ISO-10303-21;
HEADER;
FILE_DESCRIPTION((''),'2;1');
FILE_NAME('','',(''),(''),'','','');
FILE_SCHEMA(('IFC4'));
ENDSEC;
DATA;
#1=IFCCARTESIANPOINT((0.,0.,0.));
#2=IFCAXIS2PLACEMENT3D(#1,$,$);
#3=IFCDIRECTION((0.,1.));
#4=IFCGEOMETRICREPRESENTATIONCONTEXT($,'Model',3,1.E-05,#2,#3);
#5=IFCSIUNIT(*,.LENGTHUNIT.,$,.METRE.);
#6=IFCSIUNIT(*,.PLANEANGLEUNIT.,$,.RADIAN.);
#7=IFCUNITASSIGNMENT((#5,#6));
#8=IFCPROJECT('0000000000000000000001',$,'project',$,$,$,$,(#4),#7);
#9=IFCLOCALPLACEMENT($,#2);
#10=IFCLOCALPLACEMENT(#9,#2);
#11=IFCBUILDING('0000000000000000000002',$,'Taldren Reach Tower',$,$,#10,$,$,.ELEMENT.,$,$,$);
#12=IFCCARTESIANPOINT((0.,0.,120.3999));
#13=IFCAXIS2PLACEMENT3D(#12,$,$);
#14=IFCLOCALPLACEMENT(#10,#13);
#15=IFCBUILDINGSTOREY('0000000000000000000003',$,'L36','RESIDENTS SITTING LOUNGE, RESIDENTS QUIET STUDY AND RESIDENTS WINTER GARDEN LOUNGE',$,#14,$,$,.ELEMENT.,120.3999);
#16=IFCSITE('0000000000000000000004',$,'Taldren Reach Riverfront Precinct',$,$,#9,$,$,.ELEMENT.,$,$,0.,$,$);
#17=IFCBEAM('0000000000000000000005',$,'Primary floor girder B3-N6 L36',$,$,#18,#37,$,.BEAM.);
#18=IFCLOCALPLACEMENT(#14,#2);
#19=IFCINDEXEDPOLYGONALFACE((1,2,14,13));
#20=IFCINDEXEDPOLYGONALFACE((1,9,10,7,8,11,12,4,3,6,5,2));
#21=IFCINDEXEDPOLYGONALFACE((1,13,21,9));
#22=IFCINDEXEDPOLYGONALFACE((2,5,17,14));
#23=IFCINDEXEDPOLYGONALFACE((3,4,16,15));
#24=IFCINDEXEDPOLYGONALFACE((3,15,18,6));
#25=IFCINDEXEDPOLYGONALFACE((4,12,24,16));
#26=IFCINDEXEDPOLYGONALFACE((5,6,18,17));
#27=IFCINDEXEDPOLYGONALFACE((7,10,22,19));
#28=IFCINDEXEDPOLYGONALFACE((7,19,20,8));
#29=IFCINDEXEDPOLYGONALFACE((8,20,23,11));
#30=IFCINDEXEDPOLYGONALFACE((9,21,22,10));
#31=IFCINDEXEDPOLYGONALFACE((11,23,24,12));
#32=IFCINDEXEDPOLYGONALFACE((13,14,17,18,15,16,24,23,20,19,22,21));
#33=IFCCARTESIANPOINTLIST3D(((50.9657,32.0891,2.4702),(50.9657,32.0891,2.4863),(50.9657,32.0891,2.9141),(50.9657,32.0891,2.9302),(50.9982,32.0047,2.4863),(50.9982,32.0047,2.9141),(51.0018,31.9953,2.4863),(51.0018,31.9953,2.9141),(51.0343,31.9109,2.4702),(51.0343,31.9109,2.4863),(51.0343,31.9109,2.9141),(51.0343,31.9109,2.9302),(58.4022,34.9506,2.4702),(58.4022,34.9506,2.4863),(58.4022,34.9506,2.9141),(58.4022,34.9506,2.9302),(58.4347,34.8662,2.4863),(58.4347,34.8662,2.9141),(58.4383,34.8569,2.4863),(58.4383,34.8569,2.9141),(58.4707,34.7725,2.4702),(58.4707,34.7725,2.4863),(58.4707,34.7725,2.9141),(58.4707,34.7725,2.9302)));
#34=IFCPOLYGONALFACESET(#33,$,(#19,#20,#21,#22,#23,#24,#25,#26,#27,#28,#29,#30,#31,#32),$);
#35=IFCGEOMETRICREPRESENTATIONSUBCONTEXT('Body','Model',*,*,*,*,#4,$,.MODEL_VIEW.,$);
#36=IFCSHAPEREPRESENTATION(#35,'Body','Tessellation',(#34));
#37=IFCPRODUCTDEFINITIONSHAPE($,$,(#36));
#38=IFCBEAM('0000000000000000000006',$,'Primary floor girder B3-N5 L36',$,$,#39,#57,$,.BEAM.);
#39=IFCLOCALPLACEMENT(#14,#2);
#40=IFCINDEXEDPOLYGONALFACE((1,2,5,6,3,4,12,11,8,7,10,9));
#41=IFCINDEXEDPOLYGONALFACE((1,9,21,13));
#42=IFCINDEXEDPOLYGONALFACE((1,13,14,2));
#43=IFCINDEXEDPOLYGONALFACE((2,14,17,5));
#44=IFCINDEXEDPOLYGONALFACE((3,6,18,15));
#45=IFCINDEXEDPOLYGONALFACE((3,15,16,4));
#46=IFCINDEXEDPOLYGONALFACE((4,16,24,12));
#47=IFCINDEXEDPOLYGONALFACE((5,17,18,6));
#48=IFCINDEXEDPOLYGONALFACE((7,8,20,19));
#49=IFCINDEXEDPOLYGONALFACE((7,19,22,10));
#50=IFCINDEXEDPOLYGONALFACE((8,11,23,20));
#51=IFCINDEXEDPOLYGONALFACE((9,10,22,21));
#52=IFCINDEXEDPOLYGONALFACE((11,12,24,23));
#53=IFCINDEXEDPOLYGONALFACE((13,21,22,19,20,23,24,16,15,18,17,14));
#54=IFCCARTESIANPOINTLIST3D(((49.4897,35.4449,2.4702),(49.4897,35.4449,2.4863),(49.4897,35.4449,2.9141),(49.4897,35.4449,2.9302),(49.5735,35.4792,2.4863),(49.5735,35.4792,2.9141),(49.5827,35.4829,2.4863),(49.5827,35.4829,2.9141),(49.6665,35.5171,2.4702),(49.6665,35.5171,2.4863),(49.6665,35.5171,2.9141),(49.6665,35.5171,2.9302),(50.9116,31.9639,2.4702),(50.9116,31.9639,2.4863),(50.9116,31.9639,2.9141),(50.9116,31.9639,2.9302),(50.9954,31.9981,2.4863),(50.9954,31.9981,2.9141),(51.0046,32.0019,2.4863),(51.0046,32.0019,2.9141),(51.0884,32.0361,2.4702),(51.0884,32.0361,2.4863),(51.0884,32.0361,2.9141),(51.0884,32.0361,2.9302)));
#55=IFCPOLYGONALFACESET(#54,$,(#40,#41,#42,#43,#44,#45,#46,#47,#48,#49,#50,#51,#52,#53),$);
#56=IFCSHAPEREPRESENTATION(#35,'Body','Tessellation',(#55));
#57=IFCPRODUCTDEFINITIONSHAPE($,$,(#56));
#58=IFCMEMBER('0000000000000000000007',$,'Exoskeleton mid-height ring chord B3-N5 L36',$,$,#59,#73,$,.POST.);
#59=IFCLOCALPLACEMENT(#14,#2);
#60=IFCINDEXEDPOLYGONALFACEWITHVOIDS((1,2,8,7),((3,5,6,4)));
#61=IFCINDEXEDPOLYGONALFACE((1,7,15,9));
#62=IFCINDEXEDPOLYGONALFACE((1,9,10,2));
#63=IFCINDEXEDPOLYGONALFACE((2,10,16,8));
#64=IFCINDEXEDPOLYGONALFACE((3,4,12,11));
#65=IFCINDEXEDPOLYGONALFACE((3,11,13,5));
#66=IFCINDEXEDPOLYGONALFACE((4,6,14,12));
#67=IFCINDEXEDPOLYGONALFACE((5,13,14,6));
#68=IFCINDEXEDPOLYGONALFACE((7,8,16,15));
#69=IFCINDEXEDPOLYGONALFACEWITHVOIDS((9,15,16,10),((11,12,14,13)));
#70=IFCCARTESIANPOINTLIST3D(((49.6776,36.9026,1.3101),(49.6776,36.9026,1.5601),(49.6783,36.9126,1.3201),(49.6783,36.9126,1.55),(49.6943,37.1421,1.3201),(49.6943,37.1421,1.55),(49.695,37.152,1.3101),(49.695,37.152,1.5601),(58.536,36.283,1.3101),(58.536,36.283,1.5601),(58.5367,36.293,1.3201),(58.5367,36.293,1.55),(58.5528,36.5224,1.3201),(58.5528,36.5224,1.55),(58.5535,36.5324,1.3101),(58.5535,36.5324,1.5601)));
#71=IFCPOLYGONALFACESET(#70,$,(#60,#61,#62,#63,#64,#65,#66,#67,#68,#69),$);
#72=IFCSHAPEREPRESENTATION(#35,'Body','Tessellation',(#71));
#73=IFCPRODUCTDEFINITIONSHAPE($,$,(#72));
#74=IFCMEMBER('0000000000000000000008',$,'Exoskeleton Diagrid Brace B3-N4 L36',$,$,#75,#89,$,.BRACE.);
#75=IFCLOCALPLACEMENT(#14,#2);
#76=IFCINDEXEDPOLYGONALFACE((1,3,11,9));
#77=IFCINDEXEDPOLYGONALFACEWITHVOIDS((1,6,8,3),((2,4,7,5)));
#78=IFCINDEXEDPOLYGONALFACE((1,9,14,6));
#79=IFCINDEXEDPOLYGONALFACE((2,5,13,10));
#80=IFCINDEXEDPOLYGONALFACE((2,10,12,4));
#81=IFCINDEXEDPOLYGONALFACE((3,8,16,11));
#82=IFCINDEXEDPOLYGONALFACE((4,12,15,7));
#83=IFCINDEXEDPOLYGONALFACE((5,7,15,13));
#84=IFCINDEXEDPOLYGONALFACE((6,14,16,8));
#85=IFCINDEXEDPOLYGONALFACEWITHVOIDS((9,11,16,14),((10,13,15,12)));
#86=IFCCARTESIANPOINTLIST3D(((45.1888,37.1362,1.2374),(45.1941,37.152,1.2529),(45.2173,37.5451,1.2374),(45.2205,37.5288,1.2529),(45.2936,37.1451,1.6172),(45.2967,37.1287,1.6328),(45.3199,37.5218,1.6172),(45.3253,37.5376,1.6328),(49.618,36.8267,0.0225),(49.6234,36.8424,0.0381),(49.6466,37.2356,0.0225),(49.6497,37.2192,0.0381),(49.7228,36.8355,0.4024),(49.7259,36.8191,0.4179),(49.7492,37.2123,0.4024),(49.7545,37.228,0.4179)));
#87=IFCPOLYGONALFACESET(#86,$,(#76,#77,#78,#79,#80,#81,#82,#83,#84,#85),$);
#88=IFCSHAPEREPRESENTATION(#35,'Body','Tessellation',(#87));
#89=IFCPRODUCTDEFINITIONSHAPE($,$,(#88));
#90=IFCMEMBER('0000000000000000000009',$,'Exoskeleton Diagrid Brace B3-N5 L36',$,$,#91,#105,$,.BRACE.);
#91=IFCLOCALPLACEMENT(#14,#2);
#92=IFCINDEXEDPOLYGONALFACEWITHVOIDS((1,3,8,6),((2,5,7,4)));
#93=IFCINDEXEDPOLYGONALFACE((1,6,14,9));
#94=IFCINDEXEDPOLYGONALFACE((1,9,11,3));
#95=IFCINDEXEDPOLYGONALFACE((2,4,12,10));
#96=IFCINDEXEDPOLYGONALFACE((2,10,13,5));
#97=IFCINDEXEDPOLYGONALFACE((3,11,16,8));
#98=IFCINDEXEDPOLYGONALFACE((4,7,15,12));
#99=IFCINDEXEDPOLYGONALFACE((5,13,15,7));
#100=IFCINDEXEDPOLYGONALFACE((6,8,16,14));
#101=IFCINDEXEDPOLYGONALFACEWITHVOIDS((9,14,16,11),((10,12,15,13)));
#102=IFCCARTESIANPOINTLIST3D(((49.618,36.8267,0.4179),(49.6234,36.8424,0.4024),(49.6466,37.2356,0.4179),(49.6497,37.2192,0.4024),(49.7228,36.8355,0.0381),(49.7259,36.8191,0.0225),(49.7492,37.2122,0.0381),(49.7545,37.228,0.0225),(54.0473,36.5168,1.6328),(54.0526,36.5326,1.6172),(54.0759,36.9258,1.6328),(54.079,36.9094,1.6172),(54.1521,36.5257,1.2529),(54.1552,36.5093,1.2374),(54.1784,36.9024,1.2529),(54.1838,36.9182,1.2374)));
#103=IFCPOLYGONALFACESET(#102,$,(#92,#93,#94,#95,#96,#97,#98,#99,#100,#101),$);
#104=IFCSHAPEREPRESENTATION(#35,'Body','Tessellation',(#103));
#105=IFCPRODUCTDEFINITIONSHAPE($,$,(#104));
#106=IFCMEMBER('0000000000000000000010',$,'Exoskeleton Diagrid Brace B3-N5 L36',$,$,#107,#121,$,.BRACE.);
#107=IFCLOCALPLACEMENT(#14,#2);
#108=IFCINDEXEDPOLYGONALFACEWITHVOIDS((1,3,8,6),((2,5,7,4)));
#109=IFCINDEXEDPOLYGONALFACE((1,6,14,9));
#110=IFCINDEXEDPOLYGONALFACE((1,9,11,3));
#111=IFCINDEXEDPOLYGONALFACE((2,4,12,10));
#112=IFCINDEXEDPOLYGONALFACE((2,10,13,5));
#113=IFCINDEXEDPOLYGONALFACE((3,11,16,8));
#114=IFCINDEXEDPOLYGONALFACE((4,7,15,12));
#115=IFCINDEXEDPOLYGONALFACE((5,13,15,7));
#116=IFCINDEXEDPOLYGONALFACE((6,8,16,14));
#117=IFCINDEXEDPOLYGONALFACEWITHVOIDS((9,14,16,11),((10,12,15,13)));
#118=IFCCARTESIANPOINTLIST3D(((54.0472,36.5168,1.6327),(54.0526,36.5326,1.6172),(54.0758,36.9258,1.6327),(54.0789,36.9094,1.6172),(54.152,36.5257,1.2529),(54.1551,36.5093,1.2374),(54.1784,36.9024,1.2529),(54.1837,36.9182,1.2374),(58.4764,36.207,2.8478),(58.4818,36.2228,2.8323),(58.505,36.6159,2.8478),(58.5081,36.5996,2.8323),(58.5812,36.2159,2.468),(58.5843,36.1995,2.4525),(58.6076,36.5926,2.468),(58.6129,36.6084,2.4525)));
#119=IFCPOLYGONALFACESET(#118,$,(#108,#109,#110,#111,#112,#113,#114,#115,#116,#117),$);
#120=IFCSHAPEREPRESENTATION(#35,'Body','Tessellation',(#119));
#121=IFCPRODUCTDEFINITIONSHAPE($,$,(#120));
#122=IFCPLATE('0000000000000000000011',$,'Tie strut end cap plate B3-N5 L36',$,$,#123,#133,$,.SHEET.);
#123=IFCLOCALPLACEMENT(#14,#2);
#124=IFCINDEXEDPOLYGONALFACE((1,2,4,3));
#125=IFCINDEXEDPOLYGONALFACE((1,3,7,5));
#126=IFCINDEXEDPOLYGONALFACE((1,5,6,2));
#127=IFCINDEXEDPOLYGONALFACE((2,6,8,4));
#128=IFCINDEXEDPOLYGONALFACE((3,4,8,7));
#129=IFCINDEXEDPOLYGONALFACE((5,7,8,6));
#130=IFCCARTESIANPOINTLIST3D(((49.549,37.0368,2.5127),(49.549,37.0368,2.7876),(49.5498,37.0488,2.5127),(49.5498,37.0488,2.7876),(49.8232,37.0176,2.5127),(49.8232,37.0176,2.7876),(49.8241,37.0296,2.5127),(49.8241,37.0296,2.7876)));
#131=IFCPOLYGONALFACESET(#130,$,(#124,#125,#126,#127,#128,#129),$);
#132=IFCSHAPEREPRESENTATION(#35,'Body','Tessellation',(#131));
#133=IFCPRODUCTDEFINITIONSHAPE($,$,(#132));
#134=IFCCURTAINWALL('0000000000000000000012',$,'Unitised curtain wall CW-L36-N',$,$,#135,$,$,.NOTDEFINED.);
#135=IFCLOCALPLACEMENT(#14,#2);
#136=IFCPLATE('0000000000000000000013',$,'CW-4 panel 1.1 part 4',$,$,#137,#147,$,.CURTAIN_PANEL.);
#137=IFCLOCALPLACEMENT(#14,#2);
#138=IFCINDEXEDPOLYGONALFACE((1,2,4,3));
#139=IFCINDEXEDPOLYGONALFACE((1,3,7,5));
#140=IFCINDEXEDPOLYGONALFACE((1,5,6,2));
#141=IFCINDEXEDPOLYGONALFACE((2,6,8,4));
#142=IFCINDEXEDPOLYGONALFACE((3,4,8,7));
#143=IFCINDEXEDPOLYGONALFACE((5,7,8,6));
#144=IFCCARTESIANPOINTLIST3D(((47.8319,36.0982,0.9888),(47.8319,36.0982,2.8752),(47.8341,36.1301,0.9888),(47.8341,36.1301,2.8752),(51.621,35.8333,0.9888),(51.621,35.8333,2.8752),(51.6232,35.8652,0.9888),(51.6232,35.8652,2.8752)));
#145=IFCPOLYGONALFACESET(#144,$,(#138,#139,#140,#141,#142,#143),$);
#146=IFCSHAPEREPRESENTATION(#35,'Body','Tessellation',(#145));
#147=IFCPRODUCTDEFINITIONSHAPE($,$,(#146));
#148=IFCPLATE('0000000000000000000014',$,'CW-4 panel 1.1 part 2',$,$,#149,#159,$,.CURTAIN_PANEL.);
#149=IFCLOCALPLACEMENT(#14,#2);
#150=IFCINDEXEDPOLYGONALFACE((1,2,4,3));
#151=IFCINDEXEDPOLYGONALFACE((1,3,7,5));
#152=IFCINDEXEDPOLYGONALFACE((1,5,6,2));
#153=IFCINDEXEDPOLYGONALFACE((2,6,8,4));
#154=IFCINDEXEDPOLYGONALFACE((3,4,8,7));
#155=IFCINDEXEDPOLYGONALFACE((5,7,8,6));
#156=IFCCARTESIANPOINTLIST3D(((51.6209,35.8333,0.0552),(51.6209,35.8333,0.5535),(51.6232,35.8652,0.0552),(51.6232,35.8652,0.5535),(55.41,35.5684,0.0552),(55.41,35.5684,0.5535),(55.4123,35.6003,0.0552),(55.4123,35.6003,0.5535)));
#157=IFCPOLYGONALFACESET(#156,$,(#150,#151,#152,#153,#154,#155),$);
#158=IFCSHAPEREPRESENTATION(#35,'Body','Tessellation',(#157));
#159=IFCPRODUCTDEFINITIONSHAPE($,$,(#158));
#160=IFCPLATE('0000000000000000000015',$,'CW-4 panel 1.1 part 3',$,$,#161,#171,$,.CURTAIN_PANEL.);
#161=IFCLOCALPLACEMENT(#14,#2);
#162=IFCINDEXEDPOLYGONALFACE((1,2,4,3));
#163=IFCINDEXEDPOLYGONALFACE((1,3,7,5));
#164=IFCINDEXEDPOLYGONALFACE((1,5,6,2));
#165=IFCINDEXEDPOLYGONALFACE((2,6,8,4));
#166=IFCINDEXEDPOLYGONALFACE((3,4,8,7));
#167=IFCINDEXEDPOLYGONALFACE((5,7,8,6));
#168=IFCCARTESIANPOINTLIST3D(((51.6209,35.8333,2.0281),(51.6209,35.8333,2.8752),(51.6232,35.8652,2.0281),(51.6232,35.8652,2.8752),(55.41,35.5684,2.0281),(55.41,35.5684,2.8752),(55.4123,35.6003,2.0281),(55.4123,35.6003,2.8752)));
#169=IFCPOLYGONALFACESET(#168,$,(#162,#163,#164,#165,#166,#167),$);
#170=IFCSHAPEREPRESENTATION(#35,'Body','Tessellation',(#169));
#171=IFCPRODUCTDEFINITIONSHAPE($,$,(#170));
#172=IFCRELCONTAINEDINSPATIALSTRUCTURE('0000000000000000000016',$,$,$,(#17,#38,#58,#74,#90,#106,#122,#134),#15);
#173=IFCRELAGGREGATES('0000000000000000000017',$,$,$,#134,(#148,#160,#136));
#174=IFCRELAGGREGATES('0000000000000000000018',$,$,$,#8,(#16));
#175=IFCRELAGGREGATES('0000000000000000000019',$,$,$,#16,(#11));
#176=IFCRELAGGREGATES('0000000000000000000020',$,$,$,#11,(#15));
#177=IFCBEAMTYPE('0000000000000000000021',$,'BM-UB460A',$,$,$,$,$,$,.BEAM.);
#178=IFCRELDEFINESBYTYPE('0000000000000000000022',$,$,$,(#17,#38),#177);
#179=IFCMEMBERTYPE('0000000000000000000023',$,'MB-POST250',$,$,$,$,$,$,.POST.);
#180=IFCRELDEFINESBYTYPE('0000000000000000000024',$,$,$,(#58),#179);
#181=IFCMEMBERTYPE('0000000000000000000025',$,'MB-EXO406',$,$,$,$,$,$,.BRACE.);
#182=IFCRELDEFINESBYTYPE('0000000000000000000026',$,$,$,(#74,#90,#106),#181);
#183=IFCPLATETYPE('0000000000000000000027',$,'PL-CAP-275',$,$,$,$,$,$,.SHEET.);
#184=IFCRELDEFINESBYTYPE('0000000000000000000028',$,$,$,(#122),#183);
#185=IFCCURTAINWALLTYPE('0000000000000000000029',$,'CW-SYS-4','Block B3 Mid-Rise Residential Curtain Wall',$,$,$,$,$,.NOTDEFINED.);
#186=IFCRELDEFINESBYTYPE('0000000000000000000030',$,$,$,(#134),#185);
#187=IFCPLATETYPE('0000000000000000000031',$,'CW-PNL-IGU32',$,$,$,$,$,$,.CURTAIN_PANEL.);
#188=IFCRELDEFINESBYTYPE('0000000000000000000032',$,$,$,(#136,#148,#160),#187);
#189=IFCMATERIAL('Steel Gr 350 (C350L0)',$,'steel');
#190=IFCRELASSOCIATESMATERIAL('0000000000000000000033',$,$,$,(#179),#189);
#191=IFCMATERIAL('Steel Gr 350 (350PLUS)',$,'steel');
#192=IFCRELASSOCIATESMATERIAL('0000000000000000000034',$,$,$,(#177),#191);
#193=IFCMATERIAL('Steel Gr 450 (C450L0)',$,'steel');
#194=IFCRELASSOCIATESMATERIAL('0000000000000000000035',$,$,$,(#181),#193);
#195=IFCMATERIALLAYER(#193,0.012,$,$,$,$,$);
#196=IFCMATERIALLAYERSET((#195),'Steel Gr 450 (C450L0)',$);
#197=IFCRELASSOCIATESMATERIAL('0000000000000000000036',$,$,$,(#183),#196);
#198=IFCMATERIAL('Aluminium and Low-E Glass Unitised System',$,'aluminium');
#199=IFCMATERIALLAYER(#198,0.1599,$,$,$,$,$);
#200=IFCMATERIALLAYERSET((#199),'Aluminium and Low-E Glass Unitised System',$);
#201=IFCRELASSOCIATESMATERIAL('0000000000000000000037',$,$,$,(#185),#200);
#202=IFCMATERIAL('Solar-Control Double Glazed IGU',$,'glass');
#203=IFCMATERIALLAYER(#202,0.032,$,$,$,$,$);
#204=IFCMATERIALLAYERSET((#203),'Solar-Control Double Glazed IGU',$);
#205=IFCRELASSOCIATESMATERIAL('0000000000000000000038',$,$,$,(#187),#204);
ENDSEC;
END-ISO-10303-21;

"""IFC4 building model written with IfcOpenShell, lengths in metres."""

from ifc_helpers import new_model, si_unit, direction, frame, origin, origin_2d, place, context, subcontext, project, spatial, rectangle, hollow_rectangle, i_section, extrude, source, transform, mapped, material, layer, layer_set, material_profile, profile_set, type_object, element, aggregate, save


model = new_model("IFC4")

# Units and contexts
model_context = context("Model", 3, precision=1e-05, world=origin(), true_north=direction((0.0, 1.0)))
body_context = subcontext(model_context, "Body", "Model", "MODEL_VIEW")
ifc_project = project(units=[si_unit("LENGTHUNIT", "METRE"), si_unit("PLANEANGLEUNIT", "RADIAN")], contexts=[model_context])

# Site, building, storey
site_placement = place(None, origin())
site = spatial("IfcSite", under=ifc_project, at=site_placement, Name="Taldren Reach Riverfront Precinct", CompositionType="ELEMENT", RefElevation=0.0)
building_placement = place(site_placement, origin())
building = spatial("IfcBuilding", under=site, at=building_placement, Name="Taldren Reach Tower", CompositionType="ELEMENT")
storey_placement = place(building_placement, frame((0.0, 0.0, 120.3999)))
storey = spatial("IfcBuildingStorey", under=building, at=storey_placement, Name="L36", Description="RESIDENTS SITTING LOUNGE, RESIDENTS QUIET STUDY AND RESIDENTS WINTER GARDEN LOUNGE", CompositionType="ELEMENT", Elevation=120.3999)

# Shared definitions
ifc_material_1 = material(Name="Steel Gr 450 (C450L0)", Category="steel")
ifc_material_2 = material(Name="Steel Gr 350 (350PLUS)", Category="steel")

# Shared definitions
ifc_material_3 = material(Name="Steel Gr 350 (C350L0)", Category="steel")
ifc_material_profile_1 = material_profile(ifc_material_3, hollow_rectangle(XDim=0.25, YDim=0.25, WallThickness=0.01, at=origin_2d()), Name="250x250x10.0SHS")
ifc_profile_set_1 = profile_set([ifc_material_profile_1], Name="Steel Gr 350 (C350L0)")
member_type_1 = type_object("IfcMemberType", Name="MB-POST250", PredefinedType="POST", material=ifc_profile_set_1)

# Beams
ifc_material_profile_2 = material_profile(ifc_material_2, i_section(OverallWidth=0.1909, OverallDepth=0.46, WebThickness=0.01, FlangeThickness=0.0161, at=origin_2d()), Name="460UB82.1")
ifc_profile_set_2 = profile_set([ifc_material_profile_2], Name="Steel Gr 350 (350PLUS)")
beam_type_1 = type_object("IfcBeamType", Name="BM-UB460A", PredefinedType="BEAM", material=ifc_profile_set_2)
shared_shape_1 = source(origin(), body_context, "Body", "SweptSolid", [
    extrude(i_section(OverallWidth=0.1909, OverallDepth=0.46, WebThickness=0.01, FlangeThickness=0.0161, at=origin_2d()), origin(), (0.0, 0.0, 1.0), 7.968),
])
beam_1_placement = place(storey_placement, frame((51.0, 32.0, 2.7002), z_axis=(0.933288, 0.359129, 0.0), x_axis=(-0.359129, 0.933288, 0.0)))
element("IfcBeam", 1, at=beam_1_placement, inside=storey, type_object=beam_type_1, Name="Primary floor girder B3-N6 L36", PredefinedType="BEAM", context=body_context, shape_type="MappedRepresentation", body=[
    mapped(shared_shape_1, transform((0.0, 0.0, 0.0), scale=1.0)),
])
shared_shape_2 = source(origin(), body_context, "Body", "SweptSolid", [
    extrude(i_section(OverallWidth=0.1909, OverallDepth=0.46, WebThickness=0.01, FlangeThickness=0.0161, at=origin_2d()), origin(), (0.0, 0.0, 1.0), 3.7603),
])
beam_2_placement = place(storey_placement, frame((51.0, 32.0, 2.7002), z_axis=(-0.378142, 0.925747, 0.0), x_axis=(-0.925747, -0.378142, 0.0)))
element("IfcBeam", 2, at=beam_2_placement, inside=storey, type_object=beam_type_1, Name="Primary floor girder B3-N5 L36", PredefinedType="BEAM", context=body_context, shape_type="MappedRepresentation", body=[
    mapped(shared_shape_2, transform((0.0, 0.0, 0.0), scale=1.0)),
])

# Members
shared_shape_3 = source(origin(), body_context, "Body", "SweptSolid", [
    extrude(hollow_rectangle(XDim=0.25, YDim=0.25, WallThickness=0.01, at=origin_2d()), origin(), (0.0, 0.0, 1.0), 8.8801),
])
member_1_placement = place(storey_placement, frame((49.6863, 37.0273, 1.4351), z_axis=(0.997563, -0.069778, 0.0), x_axis=(0.069778, 0.997563, 0.0)))
element("IfcMember", 3, at=member_1_placement, inside=storey, type_object=member_type_1, Name="Exoskeleton mid-height ring chord B3-N5 L36", PredefinedType="POST", context=body_context, shape_type="MappedRepresentation", body=[
    mapped(shared_shape_3, transform((0.0, 0.0, 0.0), scale=1.0)),
])
ifc_material_profile_3 = material_profile(ifc_material_1, hollow_rectangle(XDim=0.4099, YDim=0.4099, WallThickness=0.0161, at=origin_2d()), Name="410x410x16.0SHS")
ifc_profile_set_3 = profile_set([ifc_material_profile_3], Name="Steel Gr 450 (C450L0)")
member_type_2 = type_object("IfcMemberType", Name="MB-EXO406", PredefinedType="BRACE", material=ifc_profile_set_3)
shared_shape_4 = source(origin(), body_context, "Body", "SweptSolid", [
    extrude(hollow_rectangle(XDim=0.4099, YDim=0.4099, WallThickness=0.0161, at=origin_2d()), origin(), (0.0, 0.0, 1.0), 4.6033),
])
for number, where, z_axis, x_axis, name in (
    (4, (49.6863, 37.0273, 0.2202), (-0.962199, 0.067251, 0.263913), (-0.069723, -0.997566, 0.0), "Exoskeleton Diagrid Brace B3-N4 L36"),
    (5, (49.6863, 37.0273, 0.2202), (0.962196, -0.067304, 0.263912), (0.069778, 0.997563, 0.0), "Exoskeleton Diagrid Brace B3-N5 L36"),
    (6, (54.1155, 36.7175, 1.4351), (0.962182, -0.067303, 0.263961), (0.069778, 0.997563, 0.0), "Exoskeleton Diagrid Brace B3-N5 L36"),
):
    element("IfcMember", number, at=place(storey_placement, frame(where, z_axis=z_axis, x_axis=x_axis)), inside=storey, type_object=member_type_2, Name=name, PredefinedType="BRACE", context=body_context, shape_type="MappedRepresentation", body=[
        mapped(shared_shape_4, transform((0.0, 0.0, 0.0), scale=1.0)),
    ])

# Plate
ifc_layer_1 = layer(ifc_material_1, 0.012)
ifc_layer_set_1 = layer_set([ifc_layer_1], Name="Steel Gr 450 (C450L0)")
plate_type_1 = type_object("IfcPlateType", Name="PL-CAP-275", PredefinedType="SHEET", material=ifc_layer_set_1)
shared_shape_5 = source(origin(), body_context, "Body", "SweptSolid", [
    extrude(rectangle(XDim=0.2749, YDim=0.012, at=origin_2d()), origin(), (0.0, 0.0, 1.0), 0.2749),
])
plate_1_placement = place(storey_placement, frame((49.6865, 37.0332, 2.5127), z_axis=(0.0, 0.0, 1.0), x_axis=(0.997564, -0.069756, 0.0)))
element("IfcPlate", 7, at=plate_1_placement, inside=storey, type_object=plate_type_1, Name="Tie strut end cap plate B3-N5 L36", PredefinedType="SHEET", context=body_context, shape_type="MappedRepresentation", body=[
    mapped(shared_shape_5, transform((0.0, 0.0, 0.0), scale=1.0)),
])

# Curtain wall, plates
ifc_material_4 = material(Name="Aluminium and Low-E Glass Unitised System", Category="aluminium")
ifc_layer_2 = layer(ifc_material_4, 0.1599)
ifc_layer_set_2 = layer_set([ifc_layer_2], Name="Aluminium and Low-E Glass Unitised System")
curtain_wall_type = type_object("IfcCurtainWallType", Name="CW-SYS-4", Description="Block B3 Mid-Rise Residential Curtain Wall", PredefinedType="NOTDEFINED", material=ifc_layer_set_2)
curtain_wall_placement = place(storey_placement, origin())
curtain_wall = element("IfcCurtainWall", 8, at=curtain_wall_placement, inside=storey, type_object=curtain_wall_type, Name="Unitised curtain wall CW-L36-N", PredefinedType="NOTDEFINED")
ifc_material_5 = material(Name="Solar-Control Double Glazed IGU", Category="glass")
ifc_layer_3 = layer(ifc_material_5, 0.032)
ifc_layer_set_3 = layer_set([ifc_layer_3], Name="Solar-Control Double Glazed IGU")
plate_type_2 = type_object("IfcPlateType", Name="CW-PNL-IGU32", PredefinedType="CURTAIN_PANEL", material=ifc_layer_set_3)
shared_shape_6 = source(origin(), body_context, "Body", "SweptSolid", [
    extrude(rectangle(XDim=3.7983, YDim=0.032, at=origin_2d()), origin(), (0.0, 0.0, 1.0), 1.8865),
])
plate_2_placement = place(storey_placement, frame((49.7275, 35.9817, 0.9888), z_axis=(0.0, 0.0, 1.0), x_axis=(-0.997564, 0.069757, 0.0)))
plate_2 = element("IfcPlate", 9, at=plate_2_placement, type_object=plate_type_2, Name="CW-4 panel 1.1 part 4", PredefinedType="CURTAIN_PANEL", context=body_context, shape_type="MappedRepresentation", body=[
    mapped(shared_shape_6, transform((0.0, 0.0, 0.0), scale=1.0)),
])
shared_shape_7 = source(origin(), body_context, "Body", "SweptSolid", [
    extrude(rectangle(XDim=3.7983, YDim=0.032, at=origin_2d()), origin(), (0.0, 0.0, 1.0), 0.4983),
])
plate_3_placement = place(storey_placement, frame((53.5166, 35.7168, 0.0552), z_axis=(0.0, 0.0, 1.0), x_axis=(-0.997564, 0.069757, 0.0)))
plate_3 = element("IfcPlate", 10, at=plate_3_placement, type_object=plate_type_2, Name="CW-4 panel 1.1 part 2", PredefinedType="CURTAIN_PANEL", context=body_context, shape_type="MappedRepresentation", body=[
    mapped(shared_shape_7, transform((0.0, 0.0, 0.0), scale=1.0)),
])
shared_shape_8 = source(origin(), body_context, "Body", "SweptSolid", [
    extrude(rectangle(XDim=3.7983, YDim=0.032, at=origin_2d()), origin(), (0.0, 0.0, 1.0), 0.8472),
])
plate_4_placement = place(storey_placement, frame((53.5166, 35.7168, 2.0281), z_axis=(0.0, 0.0, 1.0), x_axis=(-0.997564, 0.069757, 0.0)))
plate_4 = element("IfcPlate", 11, at=plate_4_placement, type_object=plate_type_2, Name="CW-4 panel 1.1 part 3", PredefinedType="CURTAIN_PANEL", context=body_context, shape_type="MappedRepresentation", body=[
    mapped(shared_shape_8, transform((0.0, 0.0, 0.0), scale=1.0)),
])
aggregate(curtain_wall, [plate_3, plate_4, plate_2])

save(model, "model.ifc")
